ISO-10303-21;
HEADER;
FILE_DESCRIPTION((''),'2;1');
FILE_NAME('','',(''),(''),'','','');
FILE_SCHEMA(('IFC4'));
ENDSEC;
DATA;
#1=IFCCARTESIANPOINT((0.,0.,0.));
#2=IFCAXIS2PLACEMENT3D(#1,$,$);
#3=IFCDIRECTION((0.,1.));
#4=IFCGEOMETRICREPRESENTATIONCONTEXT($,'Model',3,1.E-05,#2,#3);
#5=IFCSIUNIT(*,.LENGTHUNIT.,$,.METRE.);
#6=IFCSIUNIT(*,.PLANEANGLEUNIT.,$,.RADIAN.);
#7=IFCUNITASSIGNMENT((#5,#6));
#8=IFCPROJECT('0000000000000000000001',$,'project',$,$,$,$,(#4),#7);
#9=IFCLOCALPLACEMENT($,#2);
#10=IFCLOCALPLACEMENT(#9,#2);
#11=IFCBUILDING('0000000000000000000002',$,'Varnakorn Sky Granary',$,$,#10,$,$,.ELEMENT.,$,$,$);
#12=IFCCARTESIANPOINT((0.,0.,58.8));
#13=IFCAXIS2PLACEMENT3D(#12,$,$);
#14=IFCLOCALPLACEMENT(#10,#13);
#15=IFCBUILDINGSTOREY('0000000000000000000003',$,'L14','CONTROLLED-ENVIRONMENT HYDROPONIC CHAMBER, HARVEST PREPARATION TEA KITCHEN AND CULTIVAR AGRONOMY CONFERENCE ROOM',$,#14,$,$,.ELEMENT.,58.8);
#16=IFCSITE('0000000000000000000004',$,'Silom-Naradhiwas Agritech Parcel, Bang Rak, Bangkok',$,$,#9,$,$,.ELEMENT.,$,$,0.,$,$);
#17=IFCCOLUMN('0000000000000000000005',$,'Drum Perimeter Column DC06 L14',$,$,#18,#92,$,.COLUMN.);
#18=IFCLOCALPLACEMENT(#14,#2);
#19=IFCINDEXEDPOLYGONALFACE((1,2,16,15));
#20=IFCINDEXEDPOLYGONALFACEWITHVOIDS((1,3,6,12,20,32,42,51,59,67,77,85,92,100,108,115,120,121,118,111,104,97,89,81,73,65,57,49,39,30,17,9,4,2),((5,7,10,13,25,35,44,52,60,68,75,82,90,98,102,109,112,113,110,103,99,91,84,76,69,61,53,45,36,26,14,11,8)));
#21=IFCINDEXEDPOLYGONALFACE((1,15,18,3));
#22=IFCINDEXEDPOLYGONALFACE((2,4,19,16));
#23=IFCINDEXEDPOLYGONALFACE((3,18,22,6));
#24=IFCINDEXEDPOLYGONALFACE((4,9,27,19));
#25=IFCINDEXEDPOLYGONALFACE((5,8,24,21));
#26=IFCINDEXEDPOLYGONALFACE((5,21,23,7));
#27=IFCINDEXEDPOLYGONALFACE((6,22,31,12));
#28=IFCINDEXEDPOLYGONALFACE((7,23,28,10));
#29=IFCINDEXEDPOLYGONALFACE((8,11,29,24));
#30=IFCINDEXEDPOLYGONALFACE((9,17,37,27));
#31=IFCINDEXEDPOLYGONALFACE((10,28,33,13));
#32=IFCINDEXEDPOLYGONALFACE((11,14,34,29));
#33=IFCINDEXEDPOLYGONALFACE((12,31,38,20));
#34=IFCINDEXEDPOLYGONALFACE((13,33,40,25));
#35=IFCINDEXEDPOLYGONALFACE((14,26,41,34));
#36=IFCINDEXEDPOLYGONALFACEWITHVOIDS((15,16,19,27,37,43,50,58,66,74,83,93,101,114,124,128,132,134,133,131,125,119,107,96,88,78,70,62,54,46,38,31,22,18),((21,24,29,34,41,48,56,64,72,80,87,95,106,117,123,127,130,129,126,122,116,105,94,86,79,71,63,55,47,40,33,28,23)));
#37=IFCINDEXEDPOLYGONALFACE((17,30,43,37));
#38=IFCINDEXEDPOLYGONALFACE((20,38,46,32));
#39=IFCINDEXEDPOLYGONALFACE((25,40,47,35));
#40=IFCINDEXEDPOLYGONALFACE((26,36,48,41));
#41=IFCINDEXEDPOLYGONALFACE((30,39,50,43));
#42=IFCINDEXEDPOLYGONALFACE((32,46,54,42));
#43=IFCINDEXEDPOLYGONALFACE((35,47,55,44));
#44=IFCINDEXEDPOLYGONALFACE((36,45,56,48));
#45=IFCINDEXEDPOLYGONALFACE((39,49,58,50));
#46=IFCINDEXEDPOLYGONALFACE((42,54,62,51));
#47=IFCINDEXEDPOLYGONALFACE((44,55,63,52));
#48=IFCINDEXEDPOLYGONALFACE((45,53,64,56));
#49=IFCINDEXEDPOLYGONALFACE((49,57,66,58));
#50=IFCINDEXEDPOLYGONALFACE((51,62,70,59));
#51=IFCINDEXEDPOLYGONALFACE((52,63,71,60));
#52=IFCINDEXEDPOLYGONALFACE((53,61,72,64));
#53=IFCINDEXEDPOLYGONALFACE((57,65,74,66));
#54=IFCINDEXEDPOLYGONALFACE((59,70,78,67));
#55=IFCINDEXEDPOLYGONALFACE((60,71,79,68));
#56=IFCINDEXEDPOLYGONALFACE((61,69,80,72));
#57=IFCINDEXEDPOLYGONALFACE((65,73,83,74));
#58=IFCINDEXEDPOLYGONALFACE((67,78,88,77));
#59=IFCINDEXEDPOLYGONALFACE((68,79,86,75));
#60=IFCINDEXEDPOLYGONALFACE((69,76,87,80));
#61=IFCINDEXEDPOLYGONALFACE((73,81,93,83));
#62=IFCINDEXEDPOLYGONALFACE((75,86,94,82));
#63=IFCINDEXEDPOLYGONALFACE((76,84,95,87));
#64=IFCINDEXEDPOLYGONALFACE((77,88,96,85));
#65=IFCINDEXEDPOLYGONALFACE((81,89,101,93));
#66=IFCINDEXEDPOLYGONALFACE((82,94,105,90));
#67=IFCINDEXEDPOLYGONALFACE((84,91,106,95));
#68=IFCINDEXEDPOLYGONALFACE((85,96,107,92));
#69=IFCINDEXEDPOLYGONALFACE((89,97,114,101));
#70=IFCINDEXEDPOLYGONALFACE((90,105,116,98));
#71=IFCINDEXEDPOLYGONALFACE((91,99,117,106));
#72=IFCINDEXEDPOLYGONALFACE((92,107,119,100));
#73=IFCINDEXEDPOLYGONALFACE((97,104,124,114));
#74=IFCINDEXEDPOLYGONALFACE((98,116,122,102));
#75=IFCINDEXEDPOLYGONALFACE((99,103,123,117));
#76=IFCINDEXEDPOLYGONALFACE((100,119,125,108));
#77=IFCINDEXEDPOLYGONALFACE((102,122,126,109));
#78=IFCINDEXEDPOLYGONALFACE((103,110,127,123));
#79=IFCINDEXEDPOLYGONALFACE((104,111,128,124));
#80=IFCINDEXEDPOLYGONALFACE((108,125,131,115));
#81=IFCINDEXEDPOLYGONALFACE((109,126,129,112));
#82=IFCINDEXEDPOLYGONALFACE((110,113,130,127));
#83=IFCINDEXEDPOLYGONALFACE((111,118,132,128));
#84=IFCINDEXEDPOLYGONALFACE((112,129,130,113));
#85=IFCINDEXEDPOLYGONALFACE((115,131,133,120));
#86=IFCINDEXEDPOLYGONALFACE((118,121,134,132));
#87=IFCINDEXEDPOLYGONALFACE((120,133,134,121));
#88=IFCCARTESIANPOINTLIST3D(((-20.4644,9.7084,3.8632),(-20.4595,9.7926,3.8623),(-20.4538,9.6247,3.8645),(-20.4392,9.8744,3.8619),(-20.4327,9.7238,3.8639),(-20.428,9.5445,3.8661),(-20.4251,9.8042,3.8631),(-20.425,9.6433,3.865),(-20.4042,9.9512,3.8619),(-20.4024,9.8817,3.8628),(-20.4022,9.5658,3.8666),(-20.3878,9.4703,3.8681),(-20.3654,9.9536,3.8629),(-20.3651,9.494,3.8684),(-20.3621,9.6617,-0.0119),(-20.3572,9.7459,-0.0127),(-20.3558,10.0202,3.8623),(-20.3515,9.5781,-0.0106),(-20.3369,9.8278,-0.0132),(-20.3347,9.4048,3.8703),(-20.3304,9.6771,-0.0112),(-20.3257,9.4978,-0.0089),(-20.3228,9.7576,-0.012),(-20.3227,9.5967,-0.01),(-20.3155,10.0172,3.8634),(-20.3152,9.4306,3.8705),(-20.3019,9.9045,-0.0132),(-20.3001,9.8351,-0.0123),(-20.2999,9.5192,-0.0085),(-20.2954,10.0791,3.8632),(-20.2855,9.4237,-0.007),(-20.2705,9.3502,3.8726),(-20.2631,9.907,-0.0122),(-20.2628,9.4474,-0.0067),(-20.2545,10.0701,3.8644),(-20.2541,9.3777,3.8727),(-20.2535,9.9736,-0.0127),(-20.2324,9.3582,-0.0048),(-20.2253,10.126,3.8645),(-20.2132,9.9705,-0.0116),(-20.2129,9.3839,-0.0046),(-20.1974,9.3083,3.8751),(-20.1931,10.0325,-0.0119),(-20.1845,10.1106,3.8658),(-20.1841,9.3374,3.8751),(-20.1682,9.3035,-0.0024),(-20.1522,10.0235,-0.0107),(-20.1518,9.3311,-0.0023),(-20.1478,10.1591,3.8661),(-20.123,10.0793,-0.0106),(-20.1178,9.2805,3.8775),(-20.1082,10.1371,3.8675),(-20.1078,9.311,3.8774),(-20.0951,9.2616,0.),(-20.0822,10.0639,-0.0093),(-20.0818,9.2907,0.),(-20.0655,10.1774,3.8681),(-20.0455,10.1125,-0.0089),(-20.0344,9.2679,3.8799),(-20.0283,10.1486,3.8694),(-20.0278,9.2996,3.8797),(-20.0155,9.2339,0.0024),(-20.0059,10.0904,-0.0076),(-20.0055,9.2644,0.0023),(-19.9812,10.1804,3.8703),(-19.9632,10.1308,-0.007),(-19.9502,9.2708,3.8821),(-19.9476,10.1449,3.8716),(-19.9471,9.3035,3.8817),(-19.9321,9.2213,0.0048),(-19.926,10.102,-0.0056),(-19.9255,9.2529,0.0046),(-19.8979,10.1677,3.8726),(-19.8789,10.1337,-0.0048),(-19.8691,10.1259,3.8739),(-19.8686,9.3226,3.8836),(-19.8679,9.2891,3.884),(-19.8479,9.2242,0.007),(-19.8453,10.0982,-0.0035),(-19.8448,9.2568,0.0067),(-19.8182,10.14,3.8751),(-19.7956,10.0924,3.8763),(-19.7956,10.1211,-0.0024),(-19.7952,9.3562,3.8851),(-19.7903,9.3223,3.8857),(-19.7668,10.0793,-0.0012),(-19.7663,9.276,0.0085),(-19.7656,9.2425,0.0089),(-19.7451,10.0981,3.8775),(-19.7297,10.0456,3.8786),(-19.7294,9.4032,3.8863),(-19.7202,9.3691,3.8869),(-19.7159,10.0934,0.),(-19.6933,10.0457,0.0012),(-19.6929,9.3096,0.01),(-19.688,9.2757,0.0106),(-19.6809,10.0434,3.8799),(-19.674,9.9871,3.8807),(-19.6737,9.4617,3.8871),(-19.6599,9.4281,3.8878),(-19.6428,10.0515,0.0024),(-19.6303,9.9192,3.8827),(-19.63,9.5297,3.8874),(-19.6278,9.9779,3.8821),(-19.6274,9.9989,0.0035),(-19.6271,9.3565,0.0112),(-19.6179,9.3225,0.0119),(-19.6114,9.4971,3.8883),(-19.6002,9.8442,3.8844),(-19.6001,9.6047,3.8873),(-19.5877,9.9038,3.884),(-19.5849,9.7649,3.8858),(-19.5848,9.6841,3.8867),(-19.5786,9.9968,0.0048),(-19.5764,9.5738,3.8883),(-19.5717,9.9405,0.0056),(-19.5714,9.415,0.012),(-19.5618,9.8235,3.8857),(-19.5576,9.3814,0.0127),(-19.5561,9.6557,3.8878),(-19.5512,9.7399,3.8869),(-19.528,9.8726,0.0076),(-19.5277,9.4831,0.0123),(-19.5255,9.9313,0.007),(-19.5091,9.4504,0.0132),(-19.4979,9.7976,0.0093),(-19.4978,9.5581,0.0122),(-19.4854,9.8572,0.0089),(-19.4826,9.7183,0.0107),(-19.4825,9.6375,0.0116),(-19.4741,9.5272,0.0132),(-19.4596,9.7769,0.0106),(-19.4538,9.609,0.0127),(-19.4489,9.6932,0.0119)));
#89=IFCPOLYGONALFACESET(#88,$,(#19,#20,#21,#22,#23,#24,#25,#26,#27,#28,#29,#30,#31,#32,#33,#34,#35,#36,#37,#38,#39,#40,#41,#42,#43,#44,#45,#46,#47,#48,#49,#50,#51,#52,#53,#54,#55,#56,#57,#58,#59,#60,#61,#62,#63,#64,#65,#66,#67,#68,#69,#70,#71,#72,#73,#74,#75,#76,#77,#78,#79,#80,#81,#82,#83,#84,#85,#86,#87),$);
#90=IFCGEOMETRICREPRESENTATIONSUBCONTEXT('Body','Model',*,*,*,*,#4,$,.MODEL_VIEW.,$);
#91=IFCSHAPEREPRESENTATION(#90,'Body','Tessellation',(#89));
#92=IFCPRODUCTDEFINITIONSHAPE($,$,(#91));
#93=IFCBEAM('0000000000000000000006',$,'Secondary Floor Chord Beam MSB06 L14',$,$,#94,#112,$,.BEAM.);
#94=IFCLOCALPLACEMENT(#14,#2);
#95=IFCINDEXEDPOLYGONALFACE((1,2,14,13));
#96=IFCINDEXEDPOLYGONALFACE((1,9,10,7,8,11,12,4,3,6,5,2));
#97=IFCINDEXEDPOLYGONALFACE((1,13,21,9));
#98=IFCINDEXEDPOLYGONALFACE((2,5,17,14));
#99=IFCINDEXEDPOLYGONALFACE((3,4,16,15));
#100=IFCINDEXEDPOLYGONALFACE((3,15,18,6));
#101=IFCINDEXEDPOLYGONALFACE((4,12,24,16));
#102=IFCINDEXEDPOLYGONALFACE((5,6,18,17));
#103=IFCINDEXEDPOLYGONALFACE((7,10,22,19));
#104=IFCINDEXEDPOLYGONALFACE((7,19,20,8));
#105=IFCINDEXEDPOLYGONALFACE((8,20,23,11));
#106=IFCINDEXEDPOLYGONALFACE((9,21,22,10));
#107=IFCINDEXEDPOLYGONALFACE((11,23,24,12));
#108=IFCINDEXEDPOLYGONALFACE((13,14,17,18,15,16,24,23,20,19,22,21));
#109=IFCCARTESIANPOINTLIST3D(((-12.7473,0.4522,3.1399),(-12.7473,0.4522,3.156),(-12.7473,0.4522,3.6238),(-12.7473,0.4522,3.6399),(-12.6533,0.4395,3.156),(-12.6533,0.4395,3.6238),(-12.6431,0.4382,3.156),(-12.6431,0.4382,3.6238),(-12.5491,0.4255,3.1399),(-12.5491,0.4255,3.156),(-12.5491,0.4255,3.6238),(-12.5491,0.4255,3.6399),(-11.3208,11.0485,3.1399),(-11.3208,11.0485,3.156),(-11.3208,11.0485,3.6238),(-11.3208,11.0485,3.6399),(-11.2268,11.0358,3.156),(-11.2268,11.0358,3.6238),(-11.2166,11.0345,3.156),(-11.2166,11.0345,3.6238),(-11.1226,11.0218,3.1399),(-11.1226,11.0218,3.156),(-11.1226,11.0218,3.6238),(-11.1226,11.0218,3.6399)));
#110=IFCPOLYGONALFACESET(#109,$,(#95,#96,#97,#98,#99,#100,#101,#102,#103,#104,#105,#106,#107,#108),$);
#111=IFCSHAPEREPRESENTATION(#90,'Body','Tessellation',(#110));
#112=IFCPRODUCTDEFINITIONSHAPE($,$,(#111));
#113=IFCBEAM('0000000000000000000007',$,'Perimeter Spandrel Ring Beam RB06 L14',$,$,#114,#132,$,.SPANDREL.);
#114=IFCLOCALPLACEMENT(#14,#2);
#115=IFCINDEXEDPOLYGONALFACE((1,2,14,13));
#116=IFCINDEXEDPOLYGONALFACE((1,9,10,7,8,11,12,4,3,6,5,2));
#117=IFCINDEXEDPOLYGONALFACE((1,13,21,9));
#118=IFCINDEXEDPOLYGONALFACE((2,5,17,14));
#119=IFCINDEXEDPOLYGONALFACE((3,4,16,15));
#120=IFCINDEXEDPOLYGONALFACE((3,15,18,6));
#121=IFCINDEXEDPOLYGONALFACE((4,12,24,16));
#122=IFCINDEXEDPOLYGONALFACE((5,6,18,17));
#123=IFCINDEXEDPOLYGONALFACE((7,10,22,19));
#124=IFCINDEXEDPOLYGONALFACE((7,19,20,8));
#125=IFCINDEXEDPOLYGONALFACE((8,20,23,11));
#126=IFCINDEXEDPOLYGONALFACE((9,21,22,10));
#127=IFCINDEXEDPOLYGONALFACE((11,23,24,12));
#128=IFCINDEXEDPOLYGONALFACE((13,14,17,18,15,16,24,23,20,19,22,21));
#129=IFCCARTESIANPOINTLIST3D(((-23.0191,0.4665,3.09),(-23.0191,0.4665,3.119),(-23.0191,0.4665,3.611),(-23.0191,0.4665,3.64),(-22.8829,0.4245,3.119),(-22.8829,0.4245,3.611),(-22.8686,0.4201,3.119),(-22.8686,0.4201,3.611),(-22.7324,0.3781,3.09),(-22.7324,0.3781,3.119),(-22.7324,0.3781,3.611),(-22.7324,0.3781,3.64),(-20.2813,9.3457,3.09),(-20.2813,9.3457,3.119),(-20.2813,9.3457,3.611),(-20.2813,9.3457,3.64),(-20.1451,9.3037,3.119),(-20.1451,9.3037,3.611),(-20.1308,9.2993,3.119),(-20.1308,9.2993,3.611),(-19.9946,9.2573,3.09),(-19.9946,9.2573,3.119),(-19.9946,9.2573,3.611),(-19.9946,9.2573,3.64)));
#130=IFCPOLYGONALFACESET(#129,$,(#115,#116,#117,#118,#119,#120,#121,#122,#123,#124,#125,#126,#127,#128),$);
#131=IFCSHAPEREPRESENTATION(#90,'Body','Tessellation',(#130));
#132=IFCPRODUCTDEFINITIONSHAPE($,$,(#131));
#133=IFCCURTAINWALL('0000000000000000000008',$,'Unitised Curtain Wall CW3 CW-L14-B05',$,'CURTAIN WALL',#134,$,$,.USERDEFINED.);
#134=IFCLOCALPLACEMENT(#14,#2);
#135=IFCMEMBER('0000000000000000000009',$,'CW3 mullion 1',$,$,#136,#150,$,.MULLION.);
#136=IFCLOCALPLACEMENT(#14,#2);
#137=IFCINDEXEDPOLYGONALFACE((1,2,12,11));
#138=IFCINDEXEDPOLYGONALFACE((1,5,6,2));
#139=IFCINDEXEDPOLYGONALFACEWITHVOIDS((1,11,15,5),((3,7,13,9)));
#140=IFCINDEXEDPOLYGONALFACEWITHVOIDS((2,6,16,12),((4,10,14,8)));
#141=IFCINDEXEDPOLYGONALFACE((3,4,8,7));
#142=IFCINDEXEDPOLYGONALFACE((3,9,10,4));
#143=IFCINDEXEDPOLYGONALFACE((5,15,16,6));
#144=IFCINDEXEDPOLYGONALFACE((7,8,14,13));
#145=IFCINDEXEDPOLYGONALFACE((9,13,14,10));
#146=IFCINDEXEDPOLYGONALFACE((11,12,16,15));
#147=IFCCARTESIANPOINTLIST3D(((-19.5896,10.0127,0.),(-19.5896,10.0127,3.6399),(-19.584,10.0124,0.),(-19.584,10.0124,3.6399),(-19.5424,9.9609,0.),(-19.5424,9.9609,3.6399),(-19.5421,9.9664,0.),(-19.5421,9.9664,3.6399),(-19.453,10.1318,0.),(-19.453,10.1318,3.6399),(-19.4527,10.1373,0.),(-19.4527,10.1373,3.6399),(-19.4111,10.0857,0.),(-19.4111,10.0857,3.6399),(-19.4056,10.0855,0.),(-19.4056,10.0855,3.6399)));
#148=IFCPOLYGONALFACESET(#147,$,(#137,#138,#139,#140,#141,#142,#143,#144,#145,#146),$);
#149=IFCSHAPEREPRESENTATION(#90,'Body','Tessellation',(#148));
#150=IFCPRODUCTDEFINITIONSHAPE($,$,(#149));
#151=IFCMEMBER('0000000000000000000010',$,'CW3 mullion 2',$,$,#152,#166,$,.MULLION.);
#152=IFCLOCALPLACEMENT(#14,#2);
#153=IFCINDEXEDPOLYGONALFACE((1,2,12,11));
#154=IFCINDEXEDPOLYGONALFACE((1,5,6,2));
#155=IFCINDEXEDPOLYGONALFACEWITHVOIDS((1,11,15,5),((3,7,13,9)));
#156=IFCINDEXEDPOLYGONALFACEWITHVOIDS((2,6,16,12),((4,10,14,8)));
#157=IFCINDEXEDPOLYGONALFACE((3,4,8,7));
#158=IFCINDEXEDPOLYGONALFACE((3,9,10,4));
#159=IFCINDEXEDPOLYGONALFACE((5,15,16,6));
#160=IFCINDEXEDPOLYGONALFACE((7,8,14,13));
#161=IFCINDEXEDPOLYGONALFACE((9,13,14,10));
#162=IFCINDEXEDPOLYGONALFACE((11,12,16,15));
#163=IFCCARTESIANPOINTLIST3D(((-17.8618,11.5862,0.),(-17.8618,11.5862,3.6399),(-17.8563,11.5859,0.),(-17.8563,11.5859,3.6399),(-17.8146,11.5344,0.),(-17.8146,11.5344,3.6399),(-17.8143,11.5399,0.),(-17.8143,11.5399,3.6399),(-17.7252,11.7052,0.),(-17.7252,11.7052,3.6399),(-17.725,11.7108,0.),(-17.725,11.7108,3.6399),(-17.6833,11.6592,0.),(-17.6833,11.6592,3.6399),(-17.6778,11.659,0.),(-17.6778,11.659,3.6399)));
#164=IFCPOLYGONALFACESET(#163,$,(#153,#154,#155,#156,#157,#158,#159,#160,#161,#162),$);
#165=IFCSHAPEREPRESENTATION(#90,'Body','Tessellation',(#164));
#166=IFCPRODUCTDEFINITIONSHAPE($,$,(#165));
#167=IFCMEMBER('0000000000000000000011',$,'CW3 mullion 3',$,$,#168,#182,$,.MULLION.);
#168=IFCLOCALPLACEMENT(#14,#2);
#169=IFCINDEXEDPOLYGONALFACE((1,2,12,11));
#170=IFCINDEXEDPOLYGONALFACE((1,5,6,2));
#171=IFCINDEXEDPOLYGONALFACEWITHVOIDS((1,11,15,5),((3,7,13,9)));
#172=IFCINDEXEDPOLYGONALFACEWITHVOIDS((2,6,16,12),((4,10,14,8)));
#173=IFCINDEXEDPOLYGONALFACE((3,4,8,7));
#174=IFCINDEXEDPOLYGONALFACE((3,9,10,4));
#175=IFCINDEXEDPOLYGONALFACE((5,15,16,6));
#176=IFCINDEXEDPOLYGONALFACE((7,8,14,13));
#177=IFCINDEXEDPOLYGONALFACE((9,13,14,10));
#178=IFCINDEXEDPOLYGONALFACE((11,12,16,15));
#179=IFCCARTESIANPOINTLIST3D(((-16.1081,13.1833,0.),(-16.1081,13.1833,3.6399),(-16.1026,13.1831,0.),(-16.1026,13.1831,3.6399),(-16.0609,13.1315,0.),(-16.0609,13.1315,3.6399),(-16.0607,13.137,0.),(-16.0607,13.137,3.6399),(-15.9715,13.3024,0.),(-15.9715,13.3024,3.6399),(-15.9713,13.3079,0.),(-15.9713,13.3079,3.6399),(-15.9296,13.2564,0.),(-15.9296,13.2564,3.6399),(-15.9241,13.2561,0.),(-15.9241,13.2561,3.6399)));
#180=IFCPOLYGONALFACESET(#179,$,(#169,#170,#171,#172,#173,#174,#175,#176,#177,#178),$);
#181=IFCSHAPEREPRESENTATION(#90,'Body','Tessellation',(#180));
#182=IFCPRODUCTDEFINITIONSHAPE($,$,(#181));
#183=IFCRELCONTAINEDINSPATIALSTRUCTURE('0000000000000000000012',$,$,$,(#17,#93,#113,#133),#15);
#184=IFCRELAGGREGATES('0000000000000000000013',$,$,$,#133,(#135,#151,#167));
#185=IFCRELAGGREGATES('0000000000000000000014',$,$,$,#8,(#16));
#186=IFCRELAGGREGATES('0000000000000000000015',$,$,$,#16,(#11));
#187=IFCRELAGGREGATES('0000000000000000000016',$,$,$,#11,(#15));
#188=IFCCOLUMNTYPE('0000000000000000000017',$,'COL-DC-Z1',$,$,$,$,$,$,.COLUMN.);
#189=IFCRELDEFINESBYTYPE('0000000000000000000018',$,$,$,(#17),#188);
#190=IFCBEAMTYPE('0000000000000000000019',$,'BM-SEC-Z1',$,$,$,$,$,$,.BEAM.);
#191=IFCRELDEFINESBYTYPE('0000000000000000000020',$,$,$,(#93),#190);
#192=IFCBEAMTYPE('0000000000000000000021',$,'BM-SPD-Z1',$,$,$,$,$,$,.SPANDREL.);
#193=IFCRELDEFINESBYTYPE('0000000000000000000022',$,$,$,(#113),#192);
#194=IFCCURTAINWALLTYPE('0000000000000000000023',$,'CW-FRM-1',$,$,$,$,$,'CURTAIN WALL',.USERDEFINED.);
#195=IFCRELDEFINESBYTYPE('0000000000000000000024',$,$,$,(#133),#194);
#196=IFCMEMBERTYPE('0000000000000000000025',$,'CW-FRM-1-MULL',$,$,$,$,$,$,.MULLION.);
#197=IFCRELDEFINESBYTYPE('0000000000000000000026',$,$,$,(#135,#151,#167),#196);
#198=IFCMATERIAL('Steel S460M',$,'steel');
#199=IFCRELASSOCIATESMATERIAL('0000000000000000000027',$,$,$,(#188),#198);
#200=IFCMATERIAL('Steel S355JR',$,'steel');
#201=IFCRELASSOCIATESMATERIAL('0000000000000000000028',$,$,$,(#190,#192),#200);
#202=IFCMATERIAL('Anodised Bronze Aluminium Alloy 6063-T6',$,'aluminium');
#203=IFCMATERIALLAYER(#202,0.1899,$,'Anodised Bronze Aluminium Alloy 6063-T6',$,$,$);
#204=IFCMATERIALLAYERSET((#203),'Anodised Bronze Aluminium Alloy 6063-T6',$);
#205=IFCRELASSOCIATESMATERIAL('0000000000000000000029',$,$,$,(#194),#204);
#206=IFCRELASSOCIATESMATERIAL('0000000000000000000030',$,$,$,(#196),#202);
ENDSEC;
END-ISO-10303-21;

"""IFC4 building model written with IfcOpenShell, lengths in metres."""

from ifc_helpers import new_model, si_unit, direction, frame, origin, origin_2d, place, context, subcontext, project, spatial, hollow_rectangle, hollow_circle, i_section, extrude, material, layer, layer_set, material_profile, profile_set, type_object, element, aggregate, save


model = new_model("IFC4")

# Units and contexts
model_context = context("Model", 3, precision=1e-05, world=origin(), true_north=direction((0.0, 1.0)))
body_context = subcontext(model_context, "Body", "Model", "MODEL_VIEW")
ifc_project = project(units=[si_unit("LENGTHUNIT", "METRE"), si_unit("PLANEANGLEUNIT", "RADIAN")], contexts=[model_context])

# Site, building, storey
site_placement = place(None, origin())
site = spatial("IfcSite", under=ifc_project, at=site_placement, Name="Silom-Naradhiwas Agritech Parcel, Bang Rak, Bangkok", CompositionType="ELEMENT", RefElevation=0.0)
building_placement = place(site_placement, origin())
building = spatial("IfcBuilding", under=site, at=building_placement, Name="Varnakorn Sky Granary", CompositionType="ELEMENT")
storey_placement = place(building_placement, frame((0.0, 0.0, 58.8)))
storey = spatial("IfcBuildingStorey", under=building, at=storey_placement, Name="L14", Description="CONTROLLED-ENVIRONMENT HYDROPONIC CHAMBER, HARVEST PREPARATION TEA KITCHEN AND CULTIVAR AGRONOMY CONFERENCE ROOM", CompositionType="ELEMENT", Elevation=58.8)

# Column
ifc_material_1 = material(Name="Steel S460M", Category="steel")
ifc_material_profile_1 = material_profile(ifc_material_1, hollow_circle(Radius=0.457, WallThickness=0.032, at=origin_2d()), Name="CHS 914x32")
ifc_profile_set_1 = profile_set([ifc_material_profile_1], Name="Steel S460M")
column_type = type_object("IfcColumnType", Name="COL-DC-Z1", PredefinedType="COLUMN", material=ifc_profile_set_1)
column_placement = place(storey_placement, frame((-19.9055, 9.6775, 0.0), z_axis=(-0.026388, 0.012029, 0.999579), x_axis=(-0.414784, -0.90992, 0.0)))
element("IfcColumn", 1, at=column_placement, inside=storey, type_object=column_type, Name="Drum Perimeter Column DC06 L14", PredefinedType="COLUMN", context=body_context, shape_type="SweptSolid", body=[
    extrude(hollow_circle(Radius=0.457, WallThickness=0.032, at=origin_2d()), origin(), (0.0, 0.0, 1.0), 3.8767),
])

# Beams
ifc_material_2 = material(Name="Steel S355JR", Category="steel")
ifc_material_profile_2 = material_profile(ifc_material_2, i_section(OverallWidth=0.2, OverallDepth=0.5, WebThickness=0.0103, FlangeThickness=0.0161, at=origin_2d()), Name="IPE 500")
ifc_profile_set_2 = profile_set([ifc_material_profile_2], Name="Steel S355JR")
beam_type_1 = type_object("IfcBeamType", Name="BM-SEC-Z1", PredefinedType="BEAM", material=ifc_profile_set_2)
beam_1_placement = place(storey_placement, frame((-11.2217, 11.0352, 3.3899), z_axis=(-0.133422, -0.991059, 0.0), x_axis=(0.991059, -0.133422, 0.0)))
element("IfcBeam", 2, at=beam_1_placement, inside=storey, type_object=beam_type_1, Name="Secondary Floor Chord Beam MSB06 L14", PredefinedType="BEAM", context=body_context, shape_type="SweptSolid", body=[
    extrude(i_section(OverallWidth=0.2, OverallDepth=0.5, WebThickness=0.0103, FlangeThickness=0.0161, at=origin_2d()), origin(), (0.0, 0.0, 1.0), 10.6919),
])
ifc_material_profile_3 = material_profile(ifc_material_2, i_section(OverallWidth=0.3, OverallDepth=0.55, WebThickness=0.0149, FlangeThickness=0.0291, at=origin_2d()), Name="HE 550 B")
ifc_profile_set_3 = profile_set([ifc_material_profile_3], Name="Steel S355JR")
beam_type_2 = type_object("IfcBeamType", Name="BM-SPD-Z1", PredefinedType="SPANDREL", material=ifc_profile_set_3)
beam_2_placement = place(storey_placement, frame((-20.1379, 9.3015, 3.365), z_axis=(-0.294651, -0.955605, 0.0), x_axis=(0.955605, -0.294651, 0.0)))
element("IfcBeam", 3, at=beam_2_placement, inside=storey, type_object=beam_type_2, Name="Perimeter Spandrel Ring Beam RB06 L14", PredefinedType="SPANDREL", context=body_context, shape_type="SweptSolid", body=[
    extrude(i_section(OverallWidth=0.3, OverallDepth=0.55, WebThickness=0.0149, FlangeThickness=0.0291, at=origin_2d()), origin(), (0.0, 0.0, 1.0), 9.2917),
])

# Curtain wall, members
ifc_material_3 = material(Name="Anodised Bronze Aluminium Alloy 6063-T6", Category="aluminium")
ifc_layer_1 = layer(ifc_material_3, 0.1899, Name="Anodised Bronze Aluminium Alloy 6063-T6")
ifc_layer_set_1 = layer_set([ifc_layer_1], Name="Anodised Bronze Aluminium Alloy 6063-T6")
curtain_wall_type = type_object("IfcCurtainWallType", Name="CW-FRM-1", ElementType="CURTAIN WALL", PredefinedType="USERDEFINED", material=ifc_layer_set_1)
curtain_wall_placement = place(storey_placement, origin())
curtain_wall = element("IfcCurtainWall", 4, at=curtain_wall_placement, inside=storey, type_object=curtain_wall_type, Name="Unitised Curtain Wall CW3 CW-L14-B05", ObjectType="CURTAIN WALL", PredefinedType="USERDEFINED")
ifc_material_profile_4 = material_profile(ifc_material_3, hollow_rectangle(XDim=0.0701, YDim=0.1851, WallThickness=0.0039, at=origin_2d()), Name="ALU MULL 70x185")
ifc_profile_set_4 = profile_set([ifc_material_profile_4], Name="Anodised Bronze Aluminium Alloy 6063-T6")
member_type_1 = type_object("IfcMemberType", Name="CW-FRM-1-MULL", PredefinedType="MULLION", material=ifc_profile_set_4)
member_1_placement = place(storey_placement, frame((-19.4976, 10.0491, 0.0), z_axis=(0.0, 0.0, 1.0), x_axis=(-0.673319, 0.739352, 0.0)))
member_1 = element("IfcMember", 5, at=member_1_placement, type_object=member_type_1, Name="CW3 mullion 1", PredefinedType="MULLION", context=body_context, shape_type="SweptSolid", body=[
    extrude(hollow_rectangle(XDim=0.0701, YDim=0.1851, WallThickness=0.0039, at=origin_2d()), origin(), (0.0, 0.0, 1.0), 3.6399),
])
member_2_placement = place(storey_placement, frame((-17.7698, 11.6226, 0.0), z_axis=(0.0, 0.0, 1.0), x_axis=(-0.673319, 0.739352, 0.0)))
member_2 = element("IfcMember", 6, at=member_2_placement, type_object=member_type_1, Name="CW3 mullion 2", PredefinedType="MULLION", context=body_context, shape_type="SweptSolid", body=[
    extrude(hollow_rectangle(XDim=0.0701, YDim=0.1851, WallThickness=0.0039, at=origin_2d()), origin(), (0.0, 0.0, 1.0), 3.6399),
])
member_3_placement = place(storey_placement, frame((-16.0161, 13.2197, 0.0), z_axis=(0.0, 0.0, 1.0), x_axis=(-0.673319, 0.739352, 0.0)))
member_3 = element("IfcMember", 7, at=member_3_placement, type_object=member_type_1, Name="CW3 mullion 3", PredefinedType="MULLION", context=body_context, shape_type="SweptSolid", body=[
    extrude(hollow_rectangle(XDim=0.0701, YDim=0.1851, WallThickness=0.0039, at=origin_2d()), origin(), (0.0, 0.0, 1.0), 3.6399),
])

aggregate(curtain_wall, [member_1, member_2, member_3])

save(model, "model.ifc")
